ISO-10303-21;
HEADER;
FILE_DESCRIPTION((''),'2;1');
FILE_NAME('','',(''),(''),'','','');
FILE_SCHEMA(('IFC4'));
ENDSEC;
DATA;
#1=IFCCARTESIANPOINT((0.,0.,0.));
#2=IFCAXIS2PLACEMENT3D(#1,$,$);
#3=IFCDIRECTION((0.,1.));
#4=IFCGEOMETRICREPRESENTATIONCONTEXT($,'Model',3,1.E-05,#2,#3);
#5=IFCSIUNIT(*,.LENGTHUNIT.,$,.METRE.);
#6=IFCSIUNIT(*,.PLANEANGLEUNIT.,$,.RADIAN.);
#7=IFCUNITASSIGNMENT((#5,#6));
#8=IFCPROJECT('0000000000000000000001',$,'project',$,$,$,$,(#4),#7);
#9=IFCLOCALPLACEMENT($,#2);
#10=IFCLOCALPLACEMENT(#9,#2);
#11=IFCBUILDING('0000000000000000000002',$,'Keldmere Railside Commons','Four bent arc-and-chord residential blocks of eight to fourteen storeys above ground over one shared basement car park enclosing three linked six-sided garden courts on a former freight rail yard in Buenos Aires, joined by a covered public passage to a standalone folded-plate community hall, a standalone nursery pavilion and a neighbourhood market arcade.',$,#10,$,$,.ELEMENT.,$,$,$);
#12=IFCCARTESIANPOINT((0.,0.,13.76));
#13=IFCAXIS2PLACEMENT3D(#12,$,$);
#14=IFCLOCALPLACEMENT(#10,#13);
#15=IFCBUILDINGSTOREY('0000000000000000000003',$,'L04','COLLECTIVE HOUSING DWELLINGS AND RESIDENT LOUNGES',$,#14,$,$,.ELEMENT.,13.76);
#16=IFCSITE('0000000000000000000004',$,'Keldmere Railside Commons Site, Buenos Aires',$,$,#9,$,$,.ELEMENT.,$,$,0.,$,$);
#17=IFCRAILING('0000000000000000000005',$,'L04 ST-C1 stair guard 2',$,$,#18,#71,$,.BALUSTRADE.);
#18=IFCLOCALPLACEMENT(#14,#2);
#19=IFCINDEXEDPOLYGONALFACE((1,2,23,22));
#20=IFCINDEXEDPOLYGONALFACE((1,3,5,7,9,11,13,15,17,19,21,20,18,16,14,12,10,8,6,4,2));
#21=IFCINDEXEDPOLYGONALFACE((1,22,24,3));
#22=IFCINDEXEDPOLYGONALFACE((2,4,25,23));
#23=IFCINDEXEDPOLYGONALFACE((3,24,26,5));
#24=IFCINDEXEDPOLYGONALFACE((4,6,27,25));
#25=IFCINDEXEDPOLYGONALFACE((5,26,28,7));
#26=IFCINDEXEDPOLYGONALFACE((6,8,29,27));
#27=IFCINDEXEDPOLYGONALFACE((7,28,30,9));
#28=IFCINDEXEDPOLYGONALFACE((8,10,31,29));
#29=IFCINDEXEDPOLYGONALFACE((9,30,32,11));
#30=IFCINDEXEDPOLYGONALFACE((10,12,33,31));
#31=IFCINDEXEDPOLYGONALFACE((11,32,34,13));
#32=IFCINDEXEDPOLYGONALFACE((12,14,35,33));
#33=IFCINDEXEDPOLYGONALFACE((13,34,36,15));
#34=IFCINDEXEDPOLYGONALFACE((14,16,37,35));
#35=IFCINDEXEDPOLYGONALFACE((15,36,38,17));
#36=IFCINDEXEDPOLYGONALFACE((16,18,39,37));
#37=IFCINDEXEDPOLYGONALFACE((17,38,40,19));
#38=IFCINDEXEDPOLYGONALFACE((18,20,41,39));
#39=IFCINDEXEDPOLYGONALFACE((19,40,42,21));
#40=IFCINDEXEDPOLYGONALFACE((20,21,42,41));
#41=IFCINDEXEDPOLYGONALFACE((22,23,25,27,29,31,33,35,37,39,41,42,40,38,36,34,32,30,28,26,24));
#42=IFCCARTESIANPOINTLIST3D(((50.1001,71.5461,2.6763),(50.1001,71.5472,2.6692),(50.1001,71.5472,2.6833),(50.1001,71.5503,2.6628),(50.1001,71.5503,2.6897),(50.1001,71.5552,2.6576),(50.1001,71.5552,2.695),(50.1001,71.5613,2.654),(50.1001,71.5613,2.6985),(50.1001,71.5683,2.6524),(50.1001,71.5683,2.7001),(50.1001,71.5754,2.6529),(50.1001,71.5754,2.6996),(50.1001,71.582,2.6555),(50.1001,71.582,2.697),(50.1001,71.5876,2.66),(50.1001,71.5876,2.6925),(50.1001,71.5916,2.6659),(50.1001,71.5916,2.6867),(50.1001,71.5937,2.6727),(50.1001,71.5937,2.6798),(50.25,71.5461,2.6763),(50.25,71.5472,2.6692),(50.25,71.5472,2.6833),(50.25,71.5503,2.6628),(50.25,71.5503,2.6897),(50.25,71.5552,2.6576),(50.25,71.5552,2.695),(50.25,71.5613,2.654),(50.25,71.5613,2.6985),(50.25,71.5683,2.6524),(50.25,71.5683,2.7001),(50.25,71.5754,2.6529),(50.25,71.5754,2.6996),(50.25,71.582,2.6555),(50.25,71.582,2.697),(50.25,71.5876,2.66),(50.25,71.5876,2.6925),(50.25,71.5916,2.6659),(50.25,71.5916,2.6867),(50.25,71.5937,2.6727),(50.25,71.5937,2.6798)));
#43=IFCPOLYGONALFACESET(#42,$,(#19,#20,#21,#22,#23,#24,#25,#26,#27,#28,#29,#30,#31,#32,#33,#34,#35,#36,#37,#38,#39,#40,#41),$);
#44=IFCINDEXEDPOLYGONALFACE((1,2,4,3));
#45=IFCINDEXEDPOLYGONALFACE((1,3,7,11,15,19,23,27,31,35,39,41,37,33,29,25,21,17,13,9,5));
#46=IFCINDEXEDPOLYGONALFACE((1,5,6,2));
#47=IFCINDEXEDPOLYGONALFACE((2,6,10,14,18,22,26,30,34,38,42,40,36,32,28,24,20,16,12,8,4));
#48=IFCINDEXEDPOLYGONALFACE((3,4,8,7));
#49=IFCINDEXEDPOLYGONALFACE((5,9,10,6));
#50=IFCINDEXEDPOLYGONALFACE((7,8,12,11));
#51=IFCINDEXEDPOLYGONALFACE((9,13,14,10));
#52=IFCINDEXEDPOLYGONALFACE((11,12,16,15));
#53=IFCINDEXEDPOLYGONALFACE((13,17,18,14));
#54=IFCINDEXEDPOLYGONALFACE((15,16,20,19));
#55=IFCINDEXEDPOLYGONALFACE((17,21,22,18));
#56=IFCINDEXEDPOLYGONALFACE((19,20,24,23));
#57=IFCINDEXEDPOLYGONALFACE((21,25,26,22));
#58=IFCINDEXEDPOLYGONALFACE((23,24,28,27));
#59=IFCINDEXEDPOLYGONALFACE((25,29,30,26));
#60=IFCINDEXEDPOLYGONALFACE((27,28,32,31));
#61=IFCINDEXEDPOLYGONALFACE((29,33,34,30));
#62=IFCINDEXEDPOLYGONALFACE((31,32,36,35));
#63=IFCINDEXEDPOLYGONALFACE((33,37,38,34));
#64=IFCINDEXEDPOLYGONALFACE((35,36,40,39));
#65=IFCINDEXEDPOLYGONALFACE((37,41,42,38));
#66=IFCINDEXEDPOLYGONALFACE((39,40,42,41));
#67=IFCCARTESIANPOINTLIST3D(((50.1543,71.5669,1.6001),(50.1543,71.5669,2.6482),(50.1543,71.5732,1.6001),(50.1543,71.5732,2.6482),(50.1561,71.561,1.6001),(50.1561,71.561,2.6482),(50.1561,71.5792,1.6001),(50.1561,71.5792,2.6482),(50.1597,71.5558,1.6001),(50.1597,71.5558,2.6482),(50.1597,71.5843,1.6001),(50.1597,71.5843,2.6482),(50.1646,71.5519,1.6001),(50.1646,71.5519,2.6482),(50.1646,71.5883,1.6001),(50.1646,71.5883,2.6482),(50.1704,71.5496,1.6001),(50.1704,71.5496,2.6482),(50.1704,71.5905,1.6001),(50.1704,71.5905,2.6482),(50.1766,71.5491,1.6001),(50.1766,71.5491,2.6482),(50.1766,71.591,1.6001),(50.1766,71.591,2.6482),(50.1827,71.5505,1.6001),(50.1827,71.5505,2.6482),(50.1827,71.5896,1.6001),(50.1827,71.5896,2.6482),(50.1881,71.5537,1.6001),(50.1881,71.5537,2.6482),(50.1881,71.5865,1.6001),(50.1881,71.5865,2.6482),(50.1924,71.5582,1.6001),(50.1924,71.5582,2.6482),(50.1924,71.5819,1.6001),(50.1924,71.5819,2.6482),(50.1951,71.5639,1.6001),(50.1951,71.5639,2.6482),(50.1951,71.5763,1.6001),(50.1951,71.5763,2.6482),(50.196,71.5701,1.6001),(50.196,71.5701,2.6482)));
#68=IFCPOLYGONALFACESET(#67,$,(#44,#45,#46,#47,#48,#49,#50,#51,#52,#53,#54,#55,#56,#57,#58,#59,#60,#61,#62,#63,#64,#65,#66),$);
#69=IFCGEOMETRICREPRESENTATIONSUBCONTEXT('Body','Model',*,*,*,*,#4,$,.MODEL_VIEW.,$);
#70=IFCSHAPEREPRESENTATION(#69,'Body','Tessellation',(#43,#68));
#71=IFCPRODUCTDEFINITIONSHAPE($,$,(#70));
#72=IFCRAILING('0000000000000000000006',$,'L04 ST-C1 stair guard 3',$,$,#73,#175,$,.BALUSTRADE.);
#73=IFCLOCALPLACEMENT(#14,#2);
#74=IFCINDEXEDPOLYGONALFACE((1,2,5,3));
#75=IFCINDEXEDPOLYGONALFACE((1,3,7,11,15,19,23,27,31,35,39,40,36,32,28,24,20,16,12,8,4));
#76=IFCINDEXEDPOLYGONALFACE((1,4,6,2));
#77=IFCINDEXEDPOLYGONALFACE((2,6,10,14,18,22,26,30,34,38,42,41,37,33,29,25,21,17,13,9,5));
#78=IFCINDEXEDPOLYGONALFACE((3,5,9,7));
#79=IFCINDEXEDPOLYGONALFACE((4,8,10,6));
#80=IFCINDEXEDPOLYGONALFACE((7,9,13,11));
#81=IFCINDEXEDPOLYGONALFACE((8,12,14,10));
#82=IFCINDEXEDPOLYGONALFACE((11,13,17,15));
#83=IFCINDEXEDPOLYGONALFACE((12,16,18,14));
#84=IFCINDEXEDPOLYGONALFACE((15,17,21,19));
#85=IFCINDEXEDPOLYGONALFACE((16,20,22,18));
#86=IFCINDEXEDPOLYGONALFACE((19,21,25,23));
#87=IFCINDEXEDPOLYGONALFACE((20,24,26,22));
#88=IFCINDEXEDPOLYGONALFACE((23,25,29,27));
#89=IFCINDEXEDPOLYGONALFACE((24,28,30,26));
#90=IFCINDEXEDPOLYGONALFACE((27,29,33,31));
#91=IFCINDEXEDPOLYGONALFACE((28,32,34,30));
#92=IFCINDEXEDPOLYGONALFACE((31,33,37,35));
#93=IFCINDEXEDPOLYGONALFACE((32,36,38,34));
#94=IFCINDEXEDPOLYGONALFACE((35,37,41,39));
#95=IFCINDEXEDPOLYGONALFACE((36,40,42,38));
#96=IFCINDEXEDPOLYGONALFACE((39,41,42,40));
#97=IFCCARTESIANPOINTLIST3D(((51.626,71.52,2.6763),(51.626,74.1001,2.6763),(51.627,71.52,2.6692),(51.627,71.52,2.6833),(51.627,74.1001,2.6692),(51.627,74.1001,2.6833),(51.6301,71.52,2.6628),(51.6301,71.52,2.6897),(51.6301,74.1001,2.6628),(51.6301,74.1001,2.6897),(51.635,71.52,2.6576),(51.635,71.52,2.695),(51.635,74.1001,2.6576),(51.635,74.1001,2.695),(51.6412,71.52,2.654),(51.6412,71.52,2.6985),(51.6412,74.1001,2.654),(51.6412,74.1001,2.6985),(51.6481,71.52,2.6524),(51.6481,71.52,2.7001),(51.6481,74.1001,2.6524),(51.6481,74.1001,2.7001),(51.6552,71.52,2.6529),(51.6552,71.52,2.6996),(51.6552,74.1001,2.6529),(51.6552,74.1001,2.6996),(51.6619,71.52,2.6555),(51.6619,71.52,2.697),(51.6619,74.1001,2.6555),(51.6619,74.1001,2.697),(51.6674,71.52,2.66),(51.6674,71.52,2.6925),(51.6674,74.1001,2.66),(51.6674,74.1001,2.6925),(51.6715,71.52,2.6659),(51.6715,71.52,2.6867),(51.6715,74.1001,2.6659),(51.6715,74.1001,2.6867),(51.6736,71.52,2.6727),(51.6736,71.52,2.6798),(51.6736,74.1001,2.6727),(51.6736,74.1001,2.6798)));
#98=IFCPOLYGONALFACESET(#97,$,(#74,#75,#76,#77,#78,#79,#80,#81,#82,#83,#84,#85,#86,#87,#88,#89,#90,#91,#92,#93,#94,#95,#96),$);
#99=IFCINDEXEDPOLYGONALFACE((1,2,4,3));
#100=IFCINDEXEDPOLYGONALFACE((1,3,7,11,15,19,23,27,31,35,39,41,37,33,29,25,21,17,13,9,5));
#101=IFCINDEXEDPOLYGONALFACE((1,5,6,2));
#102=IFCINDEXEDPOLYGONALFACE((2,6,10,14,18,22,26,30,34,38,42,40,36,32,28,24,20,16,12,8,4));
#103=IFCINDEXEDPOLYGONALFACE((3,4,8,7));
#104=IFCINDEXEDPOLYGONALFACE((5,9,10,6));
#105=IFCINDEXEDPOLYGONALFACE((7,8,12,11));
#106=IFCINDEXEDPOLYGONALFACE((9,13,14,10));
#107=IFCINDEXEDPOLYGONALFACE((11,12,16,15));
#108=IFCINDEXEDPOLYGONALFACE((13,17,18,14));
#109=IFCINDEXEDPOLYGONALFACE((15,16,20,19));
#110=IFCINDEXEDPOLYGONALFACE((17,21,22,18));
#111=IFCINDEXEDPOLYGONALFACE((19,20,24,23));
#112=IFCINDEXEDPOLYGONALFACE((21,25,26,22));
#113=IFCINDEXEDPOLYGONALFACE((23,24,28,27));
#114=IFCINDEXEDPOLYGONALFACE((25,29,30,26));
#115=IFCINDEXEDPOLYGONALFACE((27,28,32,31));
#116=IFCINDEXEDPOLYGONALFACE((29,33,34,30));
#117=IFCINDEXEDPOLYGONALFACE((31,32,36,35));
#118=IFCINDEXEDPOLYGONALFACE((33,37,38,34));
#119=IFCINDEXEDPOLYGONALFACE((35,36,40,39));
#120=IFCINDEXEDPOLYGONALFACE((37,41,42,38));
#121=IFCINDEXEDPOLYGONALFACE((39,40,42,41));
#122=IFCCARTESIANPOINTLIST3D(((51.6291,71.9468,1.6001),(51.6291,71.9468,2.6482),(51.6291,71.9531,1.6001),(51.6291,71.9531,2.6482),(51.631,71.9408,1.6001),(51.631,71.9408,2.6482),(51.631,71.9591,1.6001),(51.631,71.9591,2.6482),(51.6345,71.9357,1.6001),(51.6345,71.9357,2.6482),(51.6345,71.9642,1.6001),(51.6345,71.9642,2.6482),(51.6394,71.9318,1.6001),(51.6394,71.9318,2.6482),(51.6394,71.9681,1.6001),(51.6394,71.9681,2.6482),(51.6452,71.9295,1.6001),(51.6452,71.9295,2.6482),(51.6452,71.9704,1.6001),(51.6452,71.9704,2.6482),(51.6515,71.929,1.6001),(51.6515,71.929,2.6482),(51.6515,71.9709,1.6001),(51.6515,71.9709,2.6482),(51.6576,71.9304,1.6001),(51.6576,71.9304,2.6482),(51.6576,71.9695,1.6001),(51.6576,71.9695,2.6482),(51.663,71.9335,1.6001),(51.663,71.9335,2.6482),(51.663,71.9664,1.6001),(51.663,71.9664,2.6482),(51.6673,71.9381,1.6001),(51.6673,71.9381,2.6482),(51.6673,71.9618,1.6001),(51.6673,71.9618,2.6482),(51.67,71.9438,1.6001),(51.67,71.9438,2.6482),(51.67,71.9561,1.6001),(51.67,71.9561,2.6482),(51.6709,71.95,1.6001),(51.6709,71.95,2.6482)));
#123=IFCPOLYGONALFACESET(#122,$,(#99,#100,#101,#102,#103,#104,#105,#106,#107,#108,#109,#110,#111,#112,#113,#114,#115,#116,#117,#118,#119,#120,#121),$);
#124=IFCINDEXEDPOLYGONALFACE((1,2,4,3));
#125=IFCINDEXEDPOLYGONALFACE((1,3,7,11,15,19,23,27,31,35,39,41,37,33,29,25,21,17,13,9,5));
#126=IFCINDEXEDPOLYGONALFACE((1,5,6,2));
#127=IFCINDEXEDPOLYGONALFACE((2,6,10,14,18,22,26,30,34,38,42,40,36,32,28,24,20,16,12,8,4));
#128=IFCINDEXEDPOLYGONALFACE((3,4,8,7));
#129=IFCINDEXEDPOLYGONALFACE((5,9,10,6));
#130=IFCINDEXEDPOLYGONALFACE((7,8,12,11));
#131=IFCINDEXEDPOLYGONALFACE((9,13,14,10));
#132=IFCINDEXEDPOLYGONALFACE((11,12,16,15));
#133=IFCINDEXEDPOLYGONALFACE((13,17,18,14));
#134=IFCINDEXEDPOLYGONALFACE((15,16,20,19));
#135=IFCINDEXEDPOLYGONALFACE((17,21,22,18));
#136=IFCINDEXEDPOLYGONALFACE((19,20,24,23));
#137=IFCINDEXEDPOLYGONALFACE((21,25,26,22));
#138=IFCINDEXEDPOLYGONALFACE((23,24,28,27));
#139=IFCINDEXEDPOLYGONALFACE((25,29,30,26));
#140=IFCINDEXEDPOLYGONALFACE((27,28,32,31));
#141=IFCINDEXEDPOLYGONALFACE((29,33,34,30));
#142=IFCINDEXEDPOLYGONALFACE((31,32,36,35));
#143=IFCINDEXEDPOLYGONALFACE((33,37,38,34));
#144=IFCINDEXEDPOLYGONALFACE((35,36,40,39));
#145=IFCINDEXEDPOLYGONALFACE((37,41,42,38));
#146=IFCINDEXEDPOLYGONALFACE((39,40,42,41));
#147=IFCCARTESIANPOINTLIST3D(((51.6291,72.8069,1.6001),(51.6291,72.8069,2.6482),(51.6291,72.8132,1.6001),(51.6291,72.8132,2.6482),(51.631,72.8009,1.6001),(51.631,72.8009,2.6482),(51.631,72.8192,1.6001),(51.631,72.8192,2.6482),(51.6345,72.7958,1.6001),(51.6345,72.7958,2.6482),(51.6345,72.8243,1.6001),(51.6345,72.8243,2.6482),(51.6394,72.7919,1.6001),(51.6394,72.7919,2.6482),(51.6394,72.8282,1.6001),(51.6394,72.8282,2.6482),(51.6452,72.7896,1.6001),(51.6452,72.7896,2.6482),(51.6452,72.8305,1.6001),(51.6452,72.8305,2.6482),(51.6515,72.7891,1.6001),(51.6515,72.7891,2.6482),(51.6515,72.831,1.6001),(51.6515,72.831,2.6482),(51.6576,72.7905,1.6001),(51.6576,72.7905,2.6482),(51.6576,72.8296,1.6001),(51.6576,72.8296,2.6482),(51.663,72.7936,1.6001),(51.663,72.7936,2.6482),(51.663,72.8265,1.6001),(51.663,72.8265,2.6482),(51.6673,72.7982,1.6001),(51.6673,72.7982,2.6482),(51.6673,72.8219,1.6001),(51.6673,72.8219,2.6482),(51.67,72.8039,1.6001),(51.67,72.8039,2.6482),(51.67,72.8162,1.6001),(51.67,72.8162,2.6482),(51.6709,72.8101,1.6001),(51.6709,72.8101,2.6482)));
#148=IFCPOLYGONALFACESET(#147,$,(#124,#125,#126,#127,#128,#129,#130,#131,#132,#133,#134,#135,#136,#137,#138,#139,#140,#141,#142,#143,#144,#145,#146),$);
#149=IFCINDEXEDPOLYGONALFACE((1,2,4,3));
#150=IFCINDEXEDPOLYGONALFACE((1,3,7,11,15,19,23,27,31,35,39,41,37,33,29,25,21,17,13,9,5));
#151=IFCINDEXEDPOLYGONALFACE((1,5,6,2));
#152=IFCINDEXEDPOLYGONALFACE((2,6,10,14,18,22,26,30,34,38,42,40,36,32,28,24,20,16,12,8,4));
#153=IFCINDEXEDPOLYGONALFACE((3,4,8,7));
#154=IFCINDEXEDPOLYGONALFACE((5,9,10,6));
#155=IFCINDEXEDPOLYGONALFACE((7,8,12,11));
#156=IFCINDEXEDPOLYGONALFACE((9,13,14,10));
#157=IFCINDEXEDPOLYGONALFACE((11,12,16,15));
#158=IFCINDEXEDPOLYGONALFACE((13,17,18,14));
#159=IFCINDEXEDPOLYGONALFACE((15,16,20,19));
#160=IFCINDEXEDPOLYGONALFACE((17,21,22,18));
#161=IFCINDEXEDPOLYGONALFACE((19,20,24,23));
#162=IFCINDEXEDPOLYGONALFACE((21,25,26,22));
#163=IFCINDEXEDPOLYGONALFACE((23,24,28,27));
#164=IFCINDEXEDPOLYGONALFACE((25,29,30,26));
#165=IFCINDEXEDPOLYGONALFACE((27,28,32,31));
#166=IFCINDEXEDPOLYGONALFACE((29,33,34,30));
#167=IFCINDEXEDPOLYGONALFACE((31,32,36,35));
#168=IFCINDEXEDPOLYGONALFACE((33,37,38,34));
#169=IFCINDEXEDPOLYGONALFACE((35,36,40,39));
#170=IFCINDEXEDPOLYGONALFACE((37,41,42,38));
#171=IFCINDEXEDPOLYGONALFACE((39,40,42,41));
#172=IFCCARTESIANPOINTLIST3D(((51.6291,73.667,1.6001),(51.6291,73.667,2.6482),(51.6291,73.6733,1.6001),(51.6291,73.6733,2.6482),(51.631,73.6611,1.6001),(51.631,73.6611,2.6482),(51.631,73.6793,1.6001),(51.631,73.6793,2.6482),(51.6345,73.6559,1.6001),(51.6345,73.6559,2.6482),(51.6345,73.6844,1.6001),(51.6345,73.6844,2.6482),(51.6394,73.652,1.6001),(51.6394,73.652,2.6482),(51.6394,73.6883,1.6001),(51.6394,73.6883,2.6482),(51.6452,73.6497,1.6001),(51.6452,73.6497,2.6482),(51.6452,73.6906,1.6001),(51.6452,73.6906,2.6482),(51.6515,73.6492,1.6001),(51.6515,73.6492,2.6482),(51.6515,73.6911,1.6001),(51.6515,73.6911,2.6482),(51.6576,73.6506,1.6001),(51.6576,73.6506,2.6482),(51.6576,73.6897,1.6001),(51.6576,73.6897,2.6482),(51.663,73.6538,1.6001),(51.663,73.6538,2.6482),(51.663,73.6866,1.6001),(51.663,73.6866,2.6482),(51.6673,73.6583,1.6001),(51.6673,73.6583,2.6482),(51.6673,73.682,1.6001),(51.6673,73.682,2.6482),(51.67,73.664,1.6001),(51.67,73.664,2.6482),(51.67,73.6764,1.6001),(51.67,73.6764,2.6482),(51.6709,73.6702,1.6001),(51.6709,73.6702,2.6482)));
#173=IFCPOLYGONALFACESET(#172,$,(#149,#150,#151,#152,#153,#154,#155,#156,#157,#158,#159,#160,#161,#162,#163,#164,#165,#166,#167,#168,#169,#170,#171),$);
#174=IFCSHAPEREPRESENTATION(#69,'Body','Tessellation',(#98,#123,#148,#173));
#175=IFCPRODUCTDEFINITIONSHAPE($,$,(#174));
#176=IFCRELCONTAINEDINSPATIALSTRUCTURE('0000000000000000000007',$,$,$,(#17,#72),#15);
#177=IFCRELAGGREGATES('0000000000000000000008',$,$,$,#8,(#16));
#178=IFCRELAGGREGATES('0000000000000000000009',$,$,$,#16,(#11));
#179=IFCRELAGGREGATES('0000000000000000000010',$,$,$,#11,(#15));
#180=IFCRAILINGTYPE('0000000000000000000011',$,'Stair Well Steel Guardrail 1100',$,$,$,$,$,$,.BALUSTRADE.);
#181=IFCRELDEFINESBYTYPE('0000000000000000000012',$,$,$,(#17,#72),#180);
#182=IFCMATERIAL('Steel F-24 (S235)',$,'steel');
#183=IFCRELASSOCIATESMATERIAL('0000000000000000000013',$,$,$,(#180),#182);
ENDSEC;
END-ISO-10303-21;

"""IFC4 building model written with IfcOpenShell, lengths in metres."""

from ifc_helpers import new_model, si_unit, direction, frame, origin, origin_2d, place, context, subcontext, project, spatial, circle, extrude, material, type_object, element, save


model = new_model("IFC4")

# Units and contexts
model_context = context("Model", 3, precision=1e-05, world=origin(), true_north=direction((0.0, 1.0)))
body_context = subcontext(model_context, "Body", "Model", "MODEL_VIEW")
ifc_project = project(units=[si_unit("LENGTHUNIT", "METRE"), si_unit("PLANEANGLEUNIT", "RADIAN")], contexts=[model_context])

# Site, building, storey
site_placement = place(None, origin())
site = spatial("IfcSite", under=ifc_project, at=site_placement, Name="Keldmere Railside Commons Site, Buenos Aires", CompositionType="ELEMENT", RefElevation=0.0)
building_placement = place(site_placement, origin())
building = spatial("IfcBuilding", under=site, at=building_placement, Name="Keldmere Railside Commons", Description="Four bent arc-and-chord residential blocks of eight to fourteen storeys above ground over one shared basement car park enclosing three linked six-sided garden courts on a former freight rail yard in Buenos Aires, joined by a covered public passage to a standalone folded-plate community hall, a standalone nursery pavilion and a neighbourhood market arcade.", CompositionType="ELEMENT")
storey_placement = place(building_placement, frame((0.0, 0.0, 13.76)))
storey = spatial("IfcBuildingStorey", under=building, at=storey_placement, Name="L04", Description="COLLECTIVE HOUSING DWELLINGS AND RESIDENT LOUNGES", CompositionType="ELEMENT", Elevation=13.76)

# Shared definitions
ifc_material_1 = material(Name="Steel F-24 (S235)", Category="steel")

# Railings
railing_type_1 = type_object("IfcRailingType", Name="Stair Well Steel Guardrail 1100", PredefinedType="BALUSTRADE", material=ifc_material_1)
railing_1_placement = place(storey_placement, frame((50.25, 71.5701, 1.6001)))
element("IfcRailing", 1, at=railing_1_placement, inside=storey, type_object=railing_type_1, Name="L04 ST-C1 stair guard 2", PredefinedType="BALUSTRADE", context=body_context, shape_type="SweptSolid", body=[
    extrude(circle(Radius=0.0239, at=origin_2d()), frame((0.0, 0.0, 1.0762), z_axis=(-1.0, 0.0, 0.0), x_axis=(0.0, -1.0, 0.0)), (0.0, 0.0, 1.0), 0.1499),
    extrude(circle(Radius=0.021, at=origin_2d()), frame((-0.075, 0.0, 0.0)), (0.0, 0.0, 1.0), 1.0481),
])
railing_2_placement = place(storey_placement, frame((51.6499, 71.52, 1.6001)))
element("IfcRailing", 2, at=railing_2_placement, inside=storey, type_object=railing_type_1, Name="L04 ST-C1 stair guard 3", PredefinedType="BALUSTRADE", context=body_context, shape_type="SweptSolid", body=[
    extrude(circle(Radius=0.0239, at=origin_2d()), frame((0.0, 0.0, 1.0762), z_axis=(0.0, 1.0, 0.0), x_axis=(-1.0, 0.0, 0.0)), (0.0, 0.0, 1.0), 2.5801),
    extrude(circle(Radius=0.021, at=origin_2d()), frame((0.0, 0.4299, 0.0)), (0.0, 0.0, 1.0), 1.0481),
    extrude(circle(Radius=0.021, at=origin_2d()), frame((0.0, 1.29, 0.0)), (0.0, 0.0, 1.0), 1.0481),
    extrude(circle(Radius=0.021, at=origin_2d()), frame((0.0, 2.1501, 0.0)), (0.0, 0.0, 1.0), 1.0481),
])

save(model, "model.ifc")
